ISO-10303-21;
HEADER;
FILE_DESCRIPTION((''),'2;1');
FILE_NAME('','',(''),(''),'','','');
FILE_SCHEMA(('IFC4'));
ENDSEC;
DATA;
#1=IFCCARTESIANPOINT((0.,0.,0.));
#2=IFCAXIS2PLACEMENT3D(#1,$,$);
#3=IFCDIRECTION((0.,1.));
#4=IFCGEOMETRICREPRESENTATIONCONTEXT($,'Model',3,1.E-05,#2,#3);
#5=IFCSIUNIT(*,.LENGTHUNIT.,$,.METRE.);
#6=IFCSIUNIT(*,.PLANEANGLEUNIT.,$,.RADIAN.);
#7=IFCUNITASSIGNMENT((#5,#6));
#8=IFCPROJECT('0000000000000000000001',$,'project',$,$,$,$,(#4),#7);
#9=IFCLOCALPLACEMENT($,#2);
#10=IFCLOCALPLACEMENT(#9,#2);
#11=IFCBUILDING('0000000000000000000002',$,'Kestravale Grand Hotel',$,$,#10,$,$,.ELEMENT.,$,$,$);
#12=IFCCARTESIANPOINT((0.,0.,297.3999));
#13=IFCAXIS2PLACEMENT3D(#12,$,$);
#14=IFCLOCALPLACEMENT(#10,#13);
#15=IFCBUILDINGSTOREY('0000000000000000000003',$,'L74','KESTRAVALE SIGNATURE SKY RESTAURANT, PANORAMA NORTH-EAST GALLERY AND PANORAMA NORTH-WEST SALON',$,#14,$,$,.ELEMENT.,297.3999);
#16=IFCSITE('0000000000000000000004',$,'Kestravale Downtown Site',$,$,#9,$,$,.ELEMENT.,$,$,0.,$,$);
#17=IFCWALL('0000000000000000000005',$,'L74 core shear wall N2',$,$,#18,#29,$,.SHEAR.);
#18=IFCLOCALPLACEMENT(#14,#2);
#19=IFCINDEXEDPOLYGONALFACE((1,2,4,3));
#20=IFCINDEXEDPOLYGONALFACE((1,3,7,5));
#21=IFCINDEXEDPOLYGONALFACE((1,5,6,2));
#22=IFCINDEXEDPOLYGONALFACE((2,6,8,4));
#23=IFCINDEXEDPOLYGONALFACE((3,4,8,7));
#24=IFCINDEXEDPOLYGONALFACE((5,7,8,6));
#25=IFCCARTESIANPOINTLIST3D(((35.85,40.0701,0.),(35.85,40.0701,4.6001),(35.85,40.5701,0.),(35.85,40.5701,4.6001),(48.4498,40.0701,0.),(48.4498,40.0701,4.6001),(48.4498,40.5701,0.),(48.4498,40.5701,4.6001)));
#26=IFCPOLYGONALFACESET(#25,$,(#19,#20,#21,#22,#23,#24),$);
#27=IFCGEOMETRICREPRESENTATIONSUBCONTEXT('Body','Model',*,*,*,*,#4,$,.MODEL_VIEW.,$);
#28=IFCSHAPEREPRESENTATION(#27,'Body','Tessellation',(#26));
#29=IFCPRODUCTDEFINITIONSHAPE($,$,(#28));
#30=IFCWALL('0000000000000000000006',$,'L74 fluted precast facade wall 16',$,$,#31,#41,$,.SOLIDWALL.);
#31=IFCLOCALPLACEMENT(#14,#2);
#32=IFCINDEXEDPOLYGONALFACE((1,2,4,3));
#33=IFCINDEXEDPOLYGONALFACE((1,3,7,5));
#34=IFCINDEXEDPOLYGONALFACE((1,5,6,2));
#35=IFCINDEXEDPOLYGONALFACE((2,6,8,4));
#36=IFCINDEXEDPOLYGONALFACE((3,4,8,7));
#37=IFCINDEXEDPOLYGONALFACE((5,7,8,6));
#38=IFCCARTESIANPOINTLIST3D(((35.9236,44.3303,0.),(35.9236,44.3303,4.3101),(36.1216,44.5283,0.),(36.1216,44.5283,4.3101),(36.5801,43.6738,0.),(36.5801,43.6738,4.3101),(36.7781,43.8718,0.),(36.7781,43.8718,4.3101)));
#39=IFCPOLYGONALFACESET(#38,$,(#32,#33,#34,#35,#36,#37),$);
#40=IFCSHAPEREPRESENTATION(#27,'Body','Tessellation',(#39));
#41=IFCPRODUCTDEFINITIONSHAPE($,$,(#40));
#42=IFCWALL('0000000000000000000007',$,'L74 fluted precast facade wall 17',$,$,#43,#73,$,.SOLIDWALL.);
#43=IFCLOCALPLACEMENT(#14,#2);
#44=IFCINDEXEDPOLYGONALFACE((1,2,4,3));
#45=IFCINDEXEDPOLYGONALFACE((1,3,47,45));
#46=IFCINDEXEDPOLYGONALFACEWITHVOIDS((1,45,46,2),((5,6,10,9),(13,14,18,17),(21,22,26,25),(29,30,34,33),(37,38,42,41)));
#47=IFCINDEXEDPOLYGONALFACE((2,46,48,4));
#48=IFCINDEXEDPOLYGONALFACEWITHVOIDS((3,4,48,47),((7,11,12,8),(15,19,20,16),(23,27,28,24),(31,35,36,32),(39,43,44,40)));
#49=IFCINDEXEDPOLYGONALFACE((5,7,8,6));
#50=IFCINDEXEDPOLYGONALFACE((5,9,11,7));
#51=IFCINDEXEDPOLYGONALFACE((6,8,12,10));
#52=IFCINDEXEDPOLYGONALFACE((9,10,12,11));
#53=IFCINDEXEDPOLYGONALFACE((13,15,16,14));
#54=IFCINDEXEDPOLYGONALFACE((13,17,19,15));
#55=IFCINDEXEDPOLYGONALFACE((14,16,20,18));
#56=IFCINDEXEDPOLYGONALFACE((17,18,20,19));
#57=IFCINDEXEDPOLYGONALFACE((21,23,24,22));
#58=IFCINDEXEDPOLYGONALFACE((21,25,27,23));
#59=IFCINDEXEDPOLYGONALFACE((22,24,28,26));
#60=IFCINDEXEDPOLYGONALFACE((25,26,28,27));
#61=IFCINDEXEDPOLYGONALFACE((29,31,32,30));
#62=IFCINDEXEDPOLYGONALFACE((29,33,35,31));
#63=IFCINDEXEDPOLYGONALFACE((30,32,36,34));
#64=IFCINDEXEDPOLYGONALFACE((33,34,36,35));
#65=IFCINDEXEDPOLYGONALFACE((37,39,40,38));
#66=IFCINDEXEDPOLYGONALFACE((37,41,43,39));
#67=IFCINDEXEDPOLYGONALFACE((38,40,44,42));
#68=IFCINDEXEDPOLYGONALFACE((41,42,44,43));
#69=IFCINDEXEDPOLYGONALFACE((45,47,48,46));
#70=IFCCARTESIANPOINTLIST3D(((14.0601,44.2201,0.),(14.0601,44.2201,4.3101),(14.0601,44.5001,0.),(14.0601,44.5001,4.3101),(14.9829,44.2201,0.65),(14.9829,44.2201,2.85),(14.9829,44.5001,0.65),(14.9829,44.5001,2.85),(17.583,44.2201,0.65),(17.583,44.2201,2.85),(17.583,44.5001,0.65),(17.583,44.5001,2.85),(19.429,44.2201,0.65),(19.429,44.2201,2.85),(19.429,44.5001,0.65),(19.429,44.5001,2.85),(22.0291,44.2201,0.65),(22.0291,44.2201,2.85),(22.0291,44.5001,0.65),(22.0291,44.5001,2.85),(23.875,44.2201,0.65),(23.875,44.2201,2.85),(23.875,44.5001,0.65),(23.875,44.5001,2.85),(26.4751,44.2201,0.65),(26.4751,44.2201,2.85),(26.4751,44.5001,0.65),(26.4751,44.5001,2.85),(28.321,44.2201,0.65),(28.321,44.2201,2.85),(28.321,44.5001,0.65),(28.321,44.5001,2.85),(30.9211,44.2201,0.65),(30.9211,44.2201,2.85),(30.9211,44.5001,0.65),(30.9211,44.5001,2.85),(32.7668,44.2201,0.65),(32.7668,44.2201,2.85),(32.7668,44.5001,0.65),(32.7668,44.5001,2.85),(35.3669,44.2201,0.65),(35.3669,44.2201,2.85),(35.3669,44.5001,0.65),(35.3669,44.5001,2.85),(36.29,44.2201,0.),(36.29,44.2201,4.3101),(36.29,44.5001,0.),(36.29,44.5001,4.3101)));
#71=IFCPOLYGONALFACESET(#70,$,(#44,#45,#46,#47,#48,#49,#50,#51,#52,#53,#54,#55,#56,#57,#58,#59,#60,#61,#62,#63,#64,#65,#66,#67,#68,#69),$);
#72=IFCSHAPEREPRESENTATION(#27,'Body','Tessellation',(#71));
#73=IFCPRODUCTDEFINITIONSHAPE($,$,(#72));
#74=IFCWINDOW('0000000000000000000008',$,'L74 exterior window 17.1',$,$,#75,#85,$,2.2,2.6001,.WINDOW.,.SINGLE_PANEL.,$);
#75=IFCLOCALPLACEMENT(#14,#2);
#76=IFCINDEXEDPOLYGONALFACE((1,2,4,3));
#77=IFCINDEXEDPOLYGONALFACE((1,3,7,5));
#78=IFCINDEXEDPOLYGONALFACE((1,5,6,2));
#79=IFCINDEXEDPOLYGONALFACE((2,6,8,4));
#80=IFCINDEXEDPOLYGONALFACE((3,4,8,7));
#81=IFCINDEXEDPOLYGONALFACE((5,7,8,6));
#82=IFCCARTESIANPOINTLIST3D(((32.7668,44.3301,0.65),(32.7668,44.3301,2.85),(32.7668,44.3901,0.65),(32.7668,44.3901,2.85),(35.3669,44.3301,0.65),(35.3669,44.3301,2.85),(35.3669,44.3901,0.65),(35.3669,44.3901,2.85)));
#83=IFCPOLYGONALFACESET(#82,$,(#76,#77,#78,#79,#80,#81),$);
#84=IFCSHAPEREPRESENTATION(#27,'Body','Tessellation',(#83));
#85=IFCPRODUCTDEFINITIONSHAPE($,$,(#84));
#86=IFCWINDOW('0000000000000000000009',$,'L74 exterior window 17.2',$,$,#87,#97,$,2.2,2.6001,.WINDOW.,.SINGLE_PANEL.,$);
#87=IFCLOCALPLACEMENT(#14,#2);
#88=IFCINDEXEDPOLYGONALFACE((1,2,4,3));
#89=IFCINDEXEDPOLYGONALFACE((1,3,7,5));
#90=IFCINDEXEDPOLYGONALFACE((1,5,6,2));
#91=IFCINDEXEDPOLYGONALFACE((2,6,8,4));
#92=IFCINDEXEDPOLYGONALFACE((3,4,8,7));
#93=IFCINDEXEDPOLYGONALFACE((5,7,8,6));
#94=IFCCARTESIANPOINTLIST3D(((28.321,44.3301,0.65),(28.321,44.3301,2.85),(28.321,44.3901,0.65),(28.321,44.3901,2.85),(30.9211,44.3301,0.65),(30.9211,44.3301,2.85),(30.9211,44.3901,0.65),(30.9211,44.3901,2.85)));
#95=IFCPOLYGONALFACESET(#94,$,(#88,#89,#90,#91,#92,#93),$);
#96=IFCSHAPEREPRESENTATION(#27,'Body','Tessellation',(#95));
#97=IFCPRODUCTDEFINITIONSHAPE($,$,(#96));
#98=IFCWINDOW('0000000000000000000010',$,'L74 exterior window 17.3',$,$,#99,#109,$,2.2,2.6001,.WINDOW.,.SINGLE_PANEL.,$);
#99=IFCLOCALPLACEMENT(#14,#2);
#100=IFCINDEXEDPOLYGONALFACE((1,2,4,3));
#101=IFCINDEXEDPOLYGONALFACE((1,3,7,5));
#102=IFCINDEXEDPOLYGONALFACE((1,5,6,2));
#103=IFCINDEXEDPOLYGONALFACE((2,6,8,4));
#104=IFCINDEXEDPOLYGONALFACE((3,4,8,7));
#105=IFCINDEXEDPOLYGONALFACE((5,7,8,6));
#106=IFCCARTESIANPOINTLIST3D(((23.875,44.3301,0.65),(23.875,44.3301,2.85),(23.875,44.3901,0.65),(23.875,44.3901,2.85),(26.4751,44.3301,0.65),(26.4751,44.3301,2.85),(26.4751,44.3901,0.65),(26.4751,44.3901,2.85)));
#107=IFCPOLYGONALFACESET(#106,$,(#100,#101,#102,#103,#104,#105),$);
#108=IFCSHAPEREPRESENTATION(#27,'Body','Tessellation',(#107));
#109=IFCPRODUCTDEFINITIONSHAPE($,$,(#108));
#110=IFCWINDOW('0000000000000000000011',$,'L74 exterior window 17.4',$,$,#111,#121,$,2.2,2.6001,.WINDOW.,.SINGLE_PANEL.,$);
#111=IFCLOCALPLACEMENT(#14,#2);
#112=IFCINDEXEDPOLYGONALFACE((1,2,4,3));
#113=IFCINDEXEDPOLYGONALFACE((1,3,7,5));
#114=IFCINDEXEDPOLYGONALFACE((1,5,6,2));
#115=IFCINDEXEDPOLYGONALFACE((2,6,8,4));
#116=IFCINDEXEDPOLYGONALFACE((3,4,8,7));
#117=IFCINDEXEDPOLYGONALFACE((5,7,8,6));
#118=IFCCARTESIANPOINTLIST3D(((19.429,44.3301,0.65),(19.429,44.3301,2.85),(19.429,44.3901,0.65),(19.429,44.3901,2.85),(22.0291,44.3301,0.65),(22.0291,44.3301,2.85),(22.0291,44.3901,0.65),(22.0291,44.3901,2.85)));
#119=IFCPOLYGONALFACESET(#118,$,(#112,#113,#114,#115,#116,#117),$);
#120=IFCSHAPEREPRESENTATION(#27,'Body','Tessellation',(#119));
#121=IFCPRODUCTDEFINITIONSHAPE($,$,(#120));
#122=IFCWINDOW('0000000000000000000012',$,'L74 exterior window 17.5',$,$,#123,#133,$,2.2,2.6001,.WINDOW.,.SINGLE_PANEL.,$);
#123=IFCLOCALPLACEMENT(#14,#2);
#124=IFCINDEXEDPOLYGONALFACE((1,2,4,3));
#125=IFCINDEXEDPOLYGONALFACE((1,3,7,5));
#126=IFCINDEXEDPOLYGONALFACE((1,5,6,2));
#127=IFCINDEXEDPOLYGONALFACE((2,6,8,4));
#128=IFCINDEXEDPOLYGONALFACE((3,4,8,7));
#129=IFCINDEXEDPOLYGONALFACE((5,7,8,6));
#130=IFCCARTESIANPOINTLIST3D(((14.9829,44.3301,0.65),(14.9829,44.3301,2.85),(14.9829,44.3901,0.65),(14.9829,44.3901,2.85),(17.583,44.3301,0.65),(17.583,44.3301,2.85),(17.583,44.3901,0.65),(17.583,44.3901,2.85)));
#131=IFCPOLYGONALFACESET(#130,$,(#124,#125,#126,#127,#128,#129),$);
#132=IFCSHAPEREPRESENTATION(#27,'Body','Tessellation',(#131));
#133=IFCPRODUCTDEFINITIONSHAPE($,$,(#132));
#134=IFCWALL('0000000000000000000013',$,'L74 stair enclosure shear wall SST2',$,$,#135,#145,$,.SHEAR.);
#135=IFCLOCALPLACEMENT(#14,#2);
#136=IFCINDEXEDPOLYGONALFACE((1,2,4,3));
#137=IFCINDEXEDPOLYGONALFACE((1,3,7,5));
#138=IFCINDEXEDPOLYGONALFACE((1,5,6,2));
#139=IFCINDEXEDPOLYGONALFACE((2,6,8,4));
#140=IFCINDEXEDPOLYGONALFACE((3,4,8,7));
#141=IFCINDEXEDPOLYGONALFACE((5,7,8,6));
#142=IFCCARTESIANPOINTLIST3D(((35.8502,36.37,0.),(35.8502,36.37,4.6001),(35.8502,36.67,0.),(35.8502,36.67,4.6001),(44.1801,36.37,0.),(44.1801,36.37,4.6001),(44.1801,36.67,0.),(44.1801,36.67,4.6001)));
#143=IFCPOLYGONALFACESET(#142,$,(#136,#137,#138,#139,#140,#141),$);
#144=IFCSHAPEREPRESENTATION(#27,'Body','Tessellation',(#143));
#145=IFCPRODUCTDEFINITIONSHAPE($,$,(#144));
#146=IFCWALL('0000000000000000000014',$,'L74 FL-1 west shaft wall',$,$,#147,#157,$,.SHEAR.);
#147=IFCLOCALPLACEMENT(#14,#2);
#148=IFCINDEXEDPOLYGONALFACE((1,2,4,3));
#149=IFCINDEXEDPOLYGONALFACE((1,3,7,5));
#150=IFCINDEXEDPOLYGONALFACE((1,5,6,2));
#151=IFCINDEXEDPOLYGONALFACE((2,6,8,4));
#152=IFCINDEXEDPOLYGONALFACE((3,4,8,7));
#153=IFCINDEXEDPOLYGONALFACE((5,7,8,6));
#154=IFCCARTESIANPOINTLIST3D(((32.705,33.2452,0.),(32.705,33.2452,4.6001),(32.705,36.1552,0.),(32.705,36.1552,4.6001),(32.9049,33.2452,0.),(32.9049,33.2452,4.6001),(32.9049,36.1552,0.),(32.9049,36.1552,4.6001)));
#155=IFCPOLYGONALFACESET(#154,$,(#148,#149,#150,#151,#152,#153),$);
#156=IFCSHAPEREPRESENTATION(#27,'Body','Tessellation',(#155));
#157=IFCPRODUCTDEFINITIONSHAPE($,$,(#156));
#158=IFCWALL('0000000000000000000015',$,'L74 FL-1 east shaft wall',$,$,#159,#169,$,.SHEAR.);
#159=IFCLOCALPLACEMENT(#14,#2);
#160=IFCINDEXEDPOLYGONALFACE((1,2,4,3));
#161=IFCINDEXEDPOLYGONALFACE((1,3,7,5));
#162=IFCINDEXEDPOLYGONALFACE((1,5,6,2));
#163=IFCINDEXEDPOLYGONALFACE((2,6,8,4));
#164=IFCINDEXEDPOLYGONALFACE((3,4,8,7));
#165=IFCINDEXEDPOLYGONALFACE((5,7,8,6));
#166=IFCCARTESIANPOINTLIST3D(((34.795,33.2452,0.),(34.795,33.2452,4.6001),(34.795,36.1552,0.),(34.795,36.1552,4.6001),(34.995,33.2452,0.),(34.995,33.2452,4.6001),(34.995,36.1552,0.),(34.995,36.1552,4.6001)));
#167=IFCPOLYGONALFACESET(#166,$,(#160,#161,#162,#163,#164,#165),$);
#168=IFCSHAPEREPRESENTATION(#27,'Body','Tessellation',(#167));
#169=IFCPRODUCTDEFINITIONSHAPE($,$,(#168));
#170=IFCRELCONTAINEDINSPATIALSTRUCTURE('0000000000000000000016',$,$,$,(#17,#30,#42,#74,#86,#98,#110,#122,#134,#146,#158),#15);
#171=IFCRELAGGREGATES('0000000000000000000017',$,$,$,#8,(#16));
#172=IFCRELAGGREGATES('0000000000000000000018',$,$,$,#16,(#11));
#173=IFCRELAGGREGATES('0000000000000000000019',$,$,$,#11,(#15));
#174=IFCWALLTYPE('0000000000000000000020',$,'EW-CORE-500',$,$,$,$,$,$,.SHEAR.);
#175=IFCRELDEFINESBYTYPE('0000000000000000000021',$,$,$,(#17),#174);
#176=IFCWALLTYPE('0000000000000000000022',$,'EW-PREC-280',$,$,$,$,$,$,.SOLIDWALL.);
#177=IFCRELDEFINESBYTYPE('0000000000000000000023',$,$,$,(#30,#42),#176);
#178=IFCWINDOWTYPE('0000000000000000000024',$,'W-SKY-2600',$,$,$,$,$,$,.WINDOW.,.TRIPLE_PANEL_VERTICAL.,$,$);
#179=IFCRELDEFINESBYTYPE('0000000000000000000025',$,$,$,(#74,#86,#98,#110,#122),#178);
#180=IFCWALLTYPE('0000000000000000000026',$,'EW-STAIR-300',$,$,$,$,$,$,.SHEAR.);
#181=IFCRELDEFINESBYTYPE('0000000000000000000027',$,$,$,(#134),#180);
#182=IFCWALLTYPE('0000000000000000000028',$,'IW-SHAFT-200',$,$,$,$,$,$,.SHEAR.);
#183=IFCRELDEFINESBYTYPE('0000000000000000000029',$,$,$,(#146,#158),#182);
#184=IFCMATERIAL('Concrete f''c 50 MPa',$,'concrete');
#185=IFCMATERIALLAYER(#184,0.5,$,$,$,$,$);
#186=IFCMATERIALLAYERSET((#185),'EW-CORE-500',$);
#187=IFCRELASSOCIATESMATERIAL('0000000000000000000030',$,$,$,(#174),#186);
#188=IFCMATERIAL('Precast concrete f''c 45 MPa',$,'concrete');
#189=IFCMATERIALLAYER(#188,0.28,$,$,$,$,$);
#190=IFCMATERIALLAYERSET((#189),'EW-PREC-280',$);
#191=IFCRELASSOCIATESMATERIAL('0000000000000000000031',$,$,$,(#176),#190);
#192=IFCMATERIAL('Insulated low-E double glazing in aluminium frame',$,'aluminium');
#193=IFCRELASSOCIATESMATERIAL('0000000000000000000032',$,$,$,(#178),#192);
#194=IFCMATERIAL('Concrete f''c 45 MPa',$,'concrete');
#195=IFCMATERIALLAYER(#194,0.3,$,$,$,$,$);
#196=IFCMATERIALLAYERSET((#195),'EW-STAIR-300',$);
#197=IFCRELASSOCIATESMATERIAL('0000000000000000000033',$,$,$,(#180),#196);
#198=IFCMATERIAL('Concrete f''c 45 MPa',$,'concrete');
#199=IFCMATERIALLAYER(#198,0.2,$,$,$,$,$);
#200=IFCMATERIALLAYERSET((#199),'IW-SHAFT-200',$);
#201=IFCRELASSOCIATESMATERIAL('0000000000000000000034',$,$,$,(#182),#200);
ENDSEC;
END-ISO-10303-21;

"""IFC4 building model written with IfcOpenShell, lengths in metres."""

from ifc_helpers import new_model, si_unit, direction, frame, frame_2d, origin, place, context, subcontext, project, spatial, rectangle, extrude, material, layer, layer_set, type_object, element, fill, save


model = new_model("IFC4")

# Units and contexts
model_context = context("Model", 3, precision=1e-05, world=origin(), true_north=direction((0.0, 1.0)))
body_context = subcontext(model_context, "Body", "Model", "MODEL_VIEW")
ifc_project = project(units=[si_unit("LENGTHUNIT", "METRE"), si_unit("PLANEANGLEUNIT", "RADIAN")], contexts=[model_context])

# Site, building, storey
site_placement = place(None, origin())
site = spatial("IfcSite", under=ifc_project, at=site_placement, Name="Kestravale Downtown Site", CompositionType="ELEMENT", RefElevation=0.0)
building_placement = place(site_placement, origin())
building = spatial("IfcBuilding", under=site, at=building_placement, Name="Kestravale Grand Hotel", CompositionType="ELEMENT")
storey_placement = place(building_placement, frame((0.0, 0.0, 297.3999)))
storey = spatial("IfcBuildingStorey", under=building, at=storey_placement, Name="L74", Description="KESTRAVALE SIGNATURE SKY RESTAURANT, PANORAMA NORTH-EAST GALLERY AND PANORAMA NORTH-WEST SALON", CompositionType="ELEMENT", Elevation=297.3999)

# Wall
ifc_material_1 = material(Name="Concrete f'c 50 MPa", Category="concrete")
ifc_layer_1 = layer(ifc_material_1, 0.5)
ifc_layer_set_1 = layer_set([ifc_layer_1], Name="EW-CORE-500")
wall_type_1 = type_object("IfcWallType", Name="EW-CORE-500", PredefinedType="SHEAR", material=ifc_layer_set_1)
wall_1_placement = place(storey_placement, frame((35.8501, 40.3201, 0.0), z_axis=(0.0, 0.0, 1.0), x_axis=(1.0, 0.0, 0.0)))
element("IfcWall", 1, at=wall_1_placement, inside=storey, type_object=wall_type_1, Name="L74 core shear wall N2", PredefinedType="SHEAR", context=body_context, shape_type="SweptSolid", body=[
    extrude(rectangle(XDim=12.5999, YDim=0.5, at=frame_2d((6.2998, 0.0))), origin(), (0.0, 0.0, 1.0), 4.6001),
])

# Wall
ifc_material_2 = material(Name="Precast concrete f'c 45 MPa", Category="concrete")
ifc_layer_2 = layer(ifc_material_2, 0.28)
ifc_layer_set_2 = layer_set([ifc_layer_2], Name="EW-PREC-280")
wall_type_2 = type_object("IfcWallType", Name="EW-PREC-280", PredefinedType="SOLIDWALL", material=ifc_layer_set_2)
wall_2_placement = place(storey_placement, frame((36.6792, 43.7727, 0.0), z_axis=(0.0, 0.0, 1.0), x_axis=(-0.707107, 0.707107, 0.0)))
element("IfcWall", 2, at=wall_2_placement, inside=storey, type_object=wall_type_2, Name="L74 fluted precast facade wall 16", PredefinedType="SOLIDWALL", context=body_context, shape_type="SweptSolid", body=[
    extrude(rectangle(XDim=0.9285, YDim=0.28, at=frame_2d((0.4644, 0.0))), origin(), (0.0, 0.0, 1.0), 4.3101),
])

# Wall, openings, windows
wall_3_placement = place(storey_placement, frame((36.29, 44.3601, 0.0), z_axis=(0.0, 0.0, 1.0), x_axis=(-1.0, 0.0, 0.0)))
wall_3 = element("IfcWall", 3, at=wall_3_placement, inside=storey, type_object=wall_type_2, Name="L74 fluted precast facade wall 17", PredefinedType="SOLIDWALL", context=body_context, shape_type="SweptSolid", body=[
    extrude(rectangle(XDim=22.23, YDim=0.28, at=frame_2d((11.115, 0.0))), origin(), (0.0, 0.0, 1.0), 4.3101),
])
opening_1_placement = place(wall_3_placement, frame((0.9231, 0.0, 0.6499)))
opening_1 = element("IfcOpeningElement", 4, at=opening_1_placement, cuts=wall_3, PredefinedType="OPENING", context=body_context, shape_type="SweptSolid", body=[
    extrude(rectangle(XDim=2.6001, YDim=2.2, at=frame_2d((1.3, 1.1001))), frame((0.0, 0.1499, 0.0), z_axis=(0.0, -1.0, 0.0), x_axis=(1.0, 0.0, 0.0)), (0.0, 0.0, 1.0), 0.3),
])
opening_2_placement = place(wall_3_placement, frame((5.3689, 0.0, 0.6499)))
opening_2 = element("IfcOpeningElement", 5, at=opening_2_placement, cuts=wall_3, PredefinedType="OPENING", context=body_context, shape_type="SweptSolid", body=[
    extrude(rectangle(XDim=2.6001, YDim=2.2, at=frame_2d((1.3, 1.1001))), frame((0.0, 0.1499, 0.0), z_axis=(0.0, -1.0, 0.0), x_axis=(1.0, 0.0, 0.0)), (0.0, 0.0, 1.0), 0.3),
])
opening_3_placement = place(wall_3_placement, frame((9.8149, 0.0, 0.6499)))
opening_3 = element("IfcOpeningElement", 6, at=opening_3_placement, cuts=wall_3, PredefinedType="OPENING", context=body_context, shape_type="SweptSolid", body=[
    extrude(rectangle(XDim=2.6001, YDim=2.2, at=frame_2d((1.3, 1.1001))), frame((0.0, 0.1499, 0.0), z_axis=(0.0, -1.0, 0.0), x_axis=(1.0, 0.0, 0.0)), (0.0, 0.0, 1.0), 0.3),
])
opening_4_placement = place(wall_3_placement, frame((14.261, 0.0, 0.6499)))
opening_4 = element("IfcOpeningElement", 7, at=opening_4_placement, cuts=wall_3, PredefinedType="OPENING", context=body_context, shape_type="SweptSolid", body=[
    extrude(rectangle(XDim=2.6001, YDim=2.2, at=frame_2d((1.3, 1.1001))), frame((0.0, 0.1499, 0.0), z_axis=(0.0, -1.0, 0.0), x_axis=(1.0, 0.0, 0.0)), (0.0, 0.0, 1.0), 0.3),
])
opening_5_placement = place(wall_3_placement, frame((18.707, 0.0, 0.6499)))
opening_5 = element("IfcOpeningElement", 8, at=opening_5_placement, cuts=wall_3, PredefinedType="OPENING", context=body_context, shape_type="SweptSolid", body=[
    extrude(rectangle(XDim=2.6001, YDim=2.2, at=frame_2d((1.3, 1.1001))), frame((0.0, 0.1499, 0.0), z_axis=(0.0, -1.0, 0.0), x_axis=(1.0, 0.0, 0.0)), (0.0, 0.0, 1.0), 0.3),
])
ifc_material_3 = material(Name="Insulated low-E double glazing in aluminium frame", Category="aluminium")
window_type = type_object("IfcWindowType", Name="W-SKY-2600", PartitioningType="TRIPLE_PANEL_VERTICAL", PredefinedType="WINDOW", material=ifc_material_3)
window_1_placement = place(opening_1_placement, origin())
window_1 = element("IfcWindow", 9, at=window_1_placement, inside=storey, type_object=window_type, Name="L74 exterior window 17.1", OverallHeight=2.2, OverallWidth=2.6001, PartitioningType="SINGLE_PANEL", PredefinedType="WINDOW", context=body_context, shape_type="SweptSolid", body=[
    extrude(rectangle(XDim=2.6001, YDim=2.2, at=frame_2d((1.3, 1.1001))), frame((0.0, 0.03, 0.0), z_axis=(0.0, -1.0, 0.0), x_axis=(1.0, 0.0, 0.0)), (0.0, 0.0, 1.0), 0.0601),
])
fill(opening_1, window_1)
window_2_placement = place(opening_2_placement, origin())
window_2 = element("IfcWindow", 10, at=window_2_placement, inside=storey, type_object=window_type, Name="L74 exterior window 17.2", OverallHeight=2.2, OverallWidth=2.6001, PartitioningType="SINGLE_PANEL", PredefinedType="WINDOW", context=body_context, shape_type="SweptSolid", body=[
    extrude(rectangle(XDim=2.6001, YDim=2.2, at=frame_2d((1.3, 1.1001))), frame((0.0, 0.03, 0.0), z_axis=(0.0, -1.0, 0.0), x_axis=(1.0, 0.0, 0.0)), (0.0, 0.0, 1.0), 0.0601),
])
fill(opening_2, window_2)
window_3_placement = place(opening_3_placement, origin())
window_3 = element("IfcWindow", 11, at=window_3_placement, inside=storey, type_object=window_type, Name="L74 exterior window 17.3", OverallHeight=2.2, OverallWidth=2.6001, PartitioningType="SINGLE_PANEL", PredefinedType="WINDOW", context=body_context, shape_type="SweptSolid", body=[
    extrude(rectangle(XDim=2.6001, YDim=2.2, at=frame_2d((1.3, 1.1001))), frame((0.0, 0.03, 0.0), z_axis=(0.0, -1.0, 0.0), x_axis=(1.0, 0.0, 0.0)), (0.0, 0.0, 1.0), 0.0601),
])
fill(opening_3, window_3)
window_4_placement = place(opening_4_placement, origin())
window_4 = element("IfcWindow", 12, at=window_4_placement, inside=storey, type_object=window_type, Name="L74 exterior window 17.4", OverallHeight=2.2, OverallWidth=2.6001, PartitioningType="SINGLE_PANEL", PredefinedType="WINDOW", context=body_context, shape_type="SweptSolid", body=[
    extrude(rectangle(XDim=2.6001, YDim=2.2, at=frame_2d((1.3, 1.1001))), frame((0.0, 0.03, 0.0), z_axis=(0.0, -1.0, 0.0), x_axis=(1.0, 0.0, 0.0)), (0.0, 0.0, 1.0), 0.0601),
])
fill(opening_4, window_4)
window_5_placement = place(opening_5_placement, origin())
window_5 = element("IfcWindow", 13, at=window_5_placement, inside=storey, type_object=window_type, Name="L74 exterior window 17.5", OverallHeight=2.2, OverallWidth=2.6001, PartitioningType="SINGLE_PANEL", PredefinedType="WINDOW", context=body_context, shape_type="SweptSolid", body=[
    extrude(rectangle(XDim=2.6001, YDim=2.2, at=frame_2d((1.3, 1.1001))), frame((0.0, 0.03, 0.0), z_axis=(0.0, -1.0, 0.0), x_axis=(1.0, 0.0, 0.0)), (0.0, 0.0, 1.0), 0.0601),
])
fill(opening_5, window_5)

# Wall
ifc_material_4 = material(Name="Concrete f'c 45 MPa", Category="concrete")
ifc_layer_3 = layer(ifc_material_4, 0.3)
ifc_layer_set_3 = layer_set([ifc_layer_3], Name="EW-STAIR-300")
wall_type_3 = type_object("IfcWallType", Name="EW-STAIR-300", PredefinedType="SHEAR", material=ifc_layer_set_3)
wall_4_placement = place(storey_placement, frame((35.8501, 36.52, 0.0), z_axis=(0.0, 0.0, 1.0), x_axis=(1.0, 0.0, 0.0)))
element("IfcWall", 14, at=wall_4_placement, inside=storey, type_object=wall_type_3, Name="L74 stair enclosure shear wall SST2", PredefinedType="SHEAR", context=body_context, shape_type="SweptSolid", body=[
    extrude(rectangle(XDim=8.3298, YDim=0.3, at=frame_2d((4.165, 0.0))), origin(), (0.0, 0.0, 1.0), 4.6001),
])

# Walls
ifc_material_5 = material(Name="Concrete f'c 45 MPa", Category="concrete")
ifc_layer_4 = layer(ifc_material_5, 0.2)
ifc_layer_set_4 = layer_set([ifc_layer_4], Name="IW-SHAFT-200")
wall_type_4 = type_object("IfcWallType", Name="IW-SHAFT-200", PredefinedType="SHEAR", material=ifc_layer_set_4)
for number, where, z_axis, x_axis, name in (
    (15, (32.8049, 33.2451, 0.0), (0.0, 0.0, 1.0), (0.0, 1.0, 0.0), "L74 FL-1 west shaft wall"),
    (16, (34.895, 33.2451, 0.0), (0.0, 0.0, 1.0), (0.0, 1.0, 0.0), "L74 FL-1 east shaft wall"),
):
    element("IfcWall", number, at=place(storey_placement, frame(where, z_axis=z_axis, x_axis=x_axis)), inside=storey, type_object=wall_type_4, Name=name, PredefinedType="SHEAR", context=body_context, shape_type="SweptSolid", body=[
        extrude(rectangle(XDim=2.9099, YDim=0.2, at=frame_2d((1.4551, 0.0))), origin(), (0.0, 0.0, 1.0), 4.6001),
    ])

save(model, "model.ifc")
